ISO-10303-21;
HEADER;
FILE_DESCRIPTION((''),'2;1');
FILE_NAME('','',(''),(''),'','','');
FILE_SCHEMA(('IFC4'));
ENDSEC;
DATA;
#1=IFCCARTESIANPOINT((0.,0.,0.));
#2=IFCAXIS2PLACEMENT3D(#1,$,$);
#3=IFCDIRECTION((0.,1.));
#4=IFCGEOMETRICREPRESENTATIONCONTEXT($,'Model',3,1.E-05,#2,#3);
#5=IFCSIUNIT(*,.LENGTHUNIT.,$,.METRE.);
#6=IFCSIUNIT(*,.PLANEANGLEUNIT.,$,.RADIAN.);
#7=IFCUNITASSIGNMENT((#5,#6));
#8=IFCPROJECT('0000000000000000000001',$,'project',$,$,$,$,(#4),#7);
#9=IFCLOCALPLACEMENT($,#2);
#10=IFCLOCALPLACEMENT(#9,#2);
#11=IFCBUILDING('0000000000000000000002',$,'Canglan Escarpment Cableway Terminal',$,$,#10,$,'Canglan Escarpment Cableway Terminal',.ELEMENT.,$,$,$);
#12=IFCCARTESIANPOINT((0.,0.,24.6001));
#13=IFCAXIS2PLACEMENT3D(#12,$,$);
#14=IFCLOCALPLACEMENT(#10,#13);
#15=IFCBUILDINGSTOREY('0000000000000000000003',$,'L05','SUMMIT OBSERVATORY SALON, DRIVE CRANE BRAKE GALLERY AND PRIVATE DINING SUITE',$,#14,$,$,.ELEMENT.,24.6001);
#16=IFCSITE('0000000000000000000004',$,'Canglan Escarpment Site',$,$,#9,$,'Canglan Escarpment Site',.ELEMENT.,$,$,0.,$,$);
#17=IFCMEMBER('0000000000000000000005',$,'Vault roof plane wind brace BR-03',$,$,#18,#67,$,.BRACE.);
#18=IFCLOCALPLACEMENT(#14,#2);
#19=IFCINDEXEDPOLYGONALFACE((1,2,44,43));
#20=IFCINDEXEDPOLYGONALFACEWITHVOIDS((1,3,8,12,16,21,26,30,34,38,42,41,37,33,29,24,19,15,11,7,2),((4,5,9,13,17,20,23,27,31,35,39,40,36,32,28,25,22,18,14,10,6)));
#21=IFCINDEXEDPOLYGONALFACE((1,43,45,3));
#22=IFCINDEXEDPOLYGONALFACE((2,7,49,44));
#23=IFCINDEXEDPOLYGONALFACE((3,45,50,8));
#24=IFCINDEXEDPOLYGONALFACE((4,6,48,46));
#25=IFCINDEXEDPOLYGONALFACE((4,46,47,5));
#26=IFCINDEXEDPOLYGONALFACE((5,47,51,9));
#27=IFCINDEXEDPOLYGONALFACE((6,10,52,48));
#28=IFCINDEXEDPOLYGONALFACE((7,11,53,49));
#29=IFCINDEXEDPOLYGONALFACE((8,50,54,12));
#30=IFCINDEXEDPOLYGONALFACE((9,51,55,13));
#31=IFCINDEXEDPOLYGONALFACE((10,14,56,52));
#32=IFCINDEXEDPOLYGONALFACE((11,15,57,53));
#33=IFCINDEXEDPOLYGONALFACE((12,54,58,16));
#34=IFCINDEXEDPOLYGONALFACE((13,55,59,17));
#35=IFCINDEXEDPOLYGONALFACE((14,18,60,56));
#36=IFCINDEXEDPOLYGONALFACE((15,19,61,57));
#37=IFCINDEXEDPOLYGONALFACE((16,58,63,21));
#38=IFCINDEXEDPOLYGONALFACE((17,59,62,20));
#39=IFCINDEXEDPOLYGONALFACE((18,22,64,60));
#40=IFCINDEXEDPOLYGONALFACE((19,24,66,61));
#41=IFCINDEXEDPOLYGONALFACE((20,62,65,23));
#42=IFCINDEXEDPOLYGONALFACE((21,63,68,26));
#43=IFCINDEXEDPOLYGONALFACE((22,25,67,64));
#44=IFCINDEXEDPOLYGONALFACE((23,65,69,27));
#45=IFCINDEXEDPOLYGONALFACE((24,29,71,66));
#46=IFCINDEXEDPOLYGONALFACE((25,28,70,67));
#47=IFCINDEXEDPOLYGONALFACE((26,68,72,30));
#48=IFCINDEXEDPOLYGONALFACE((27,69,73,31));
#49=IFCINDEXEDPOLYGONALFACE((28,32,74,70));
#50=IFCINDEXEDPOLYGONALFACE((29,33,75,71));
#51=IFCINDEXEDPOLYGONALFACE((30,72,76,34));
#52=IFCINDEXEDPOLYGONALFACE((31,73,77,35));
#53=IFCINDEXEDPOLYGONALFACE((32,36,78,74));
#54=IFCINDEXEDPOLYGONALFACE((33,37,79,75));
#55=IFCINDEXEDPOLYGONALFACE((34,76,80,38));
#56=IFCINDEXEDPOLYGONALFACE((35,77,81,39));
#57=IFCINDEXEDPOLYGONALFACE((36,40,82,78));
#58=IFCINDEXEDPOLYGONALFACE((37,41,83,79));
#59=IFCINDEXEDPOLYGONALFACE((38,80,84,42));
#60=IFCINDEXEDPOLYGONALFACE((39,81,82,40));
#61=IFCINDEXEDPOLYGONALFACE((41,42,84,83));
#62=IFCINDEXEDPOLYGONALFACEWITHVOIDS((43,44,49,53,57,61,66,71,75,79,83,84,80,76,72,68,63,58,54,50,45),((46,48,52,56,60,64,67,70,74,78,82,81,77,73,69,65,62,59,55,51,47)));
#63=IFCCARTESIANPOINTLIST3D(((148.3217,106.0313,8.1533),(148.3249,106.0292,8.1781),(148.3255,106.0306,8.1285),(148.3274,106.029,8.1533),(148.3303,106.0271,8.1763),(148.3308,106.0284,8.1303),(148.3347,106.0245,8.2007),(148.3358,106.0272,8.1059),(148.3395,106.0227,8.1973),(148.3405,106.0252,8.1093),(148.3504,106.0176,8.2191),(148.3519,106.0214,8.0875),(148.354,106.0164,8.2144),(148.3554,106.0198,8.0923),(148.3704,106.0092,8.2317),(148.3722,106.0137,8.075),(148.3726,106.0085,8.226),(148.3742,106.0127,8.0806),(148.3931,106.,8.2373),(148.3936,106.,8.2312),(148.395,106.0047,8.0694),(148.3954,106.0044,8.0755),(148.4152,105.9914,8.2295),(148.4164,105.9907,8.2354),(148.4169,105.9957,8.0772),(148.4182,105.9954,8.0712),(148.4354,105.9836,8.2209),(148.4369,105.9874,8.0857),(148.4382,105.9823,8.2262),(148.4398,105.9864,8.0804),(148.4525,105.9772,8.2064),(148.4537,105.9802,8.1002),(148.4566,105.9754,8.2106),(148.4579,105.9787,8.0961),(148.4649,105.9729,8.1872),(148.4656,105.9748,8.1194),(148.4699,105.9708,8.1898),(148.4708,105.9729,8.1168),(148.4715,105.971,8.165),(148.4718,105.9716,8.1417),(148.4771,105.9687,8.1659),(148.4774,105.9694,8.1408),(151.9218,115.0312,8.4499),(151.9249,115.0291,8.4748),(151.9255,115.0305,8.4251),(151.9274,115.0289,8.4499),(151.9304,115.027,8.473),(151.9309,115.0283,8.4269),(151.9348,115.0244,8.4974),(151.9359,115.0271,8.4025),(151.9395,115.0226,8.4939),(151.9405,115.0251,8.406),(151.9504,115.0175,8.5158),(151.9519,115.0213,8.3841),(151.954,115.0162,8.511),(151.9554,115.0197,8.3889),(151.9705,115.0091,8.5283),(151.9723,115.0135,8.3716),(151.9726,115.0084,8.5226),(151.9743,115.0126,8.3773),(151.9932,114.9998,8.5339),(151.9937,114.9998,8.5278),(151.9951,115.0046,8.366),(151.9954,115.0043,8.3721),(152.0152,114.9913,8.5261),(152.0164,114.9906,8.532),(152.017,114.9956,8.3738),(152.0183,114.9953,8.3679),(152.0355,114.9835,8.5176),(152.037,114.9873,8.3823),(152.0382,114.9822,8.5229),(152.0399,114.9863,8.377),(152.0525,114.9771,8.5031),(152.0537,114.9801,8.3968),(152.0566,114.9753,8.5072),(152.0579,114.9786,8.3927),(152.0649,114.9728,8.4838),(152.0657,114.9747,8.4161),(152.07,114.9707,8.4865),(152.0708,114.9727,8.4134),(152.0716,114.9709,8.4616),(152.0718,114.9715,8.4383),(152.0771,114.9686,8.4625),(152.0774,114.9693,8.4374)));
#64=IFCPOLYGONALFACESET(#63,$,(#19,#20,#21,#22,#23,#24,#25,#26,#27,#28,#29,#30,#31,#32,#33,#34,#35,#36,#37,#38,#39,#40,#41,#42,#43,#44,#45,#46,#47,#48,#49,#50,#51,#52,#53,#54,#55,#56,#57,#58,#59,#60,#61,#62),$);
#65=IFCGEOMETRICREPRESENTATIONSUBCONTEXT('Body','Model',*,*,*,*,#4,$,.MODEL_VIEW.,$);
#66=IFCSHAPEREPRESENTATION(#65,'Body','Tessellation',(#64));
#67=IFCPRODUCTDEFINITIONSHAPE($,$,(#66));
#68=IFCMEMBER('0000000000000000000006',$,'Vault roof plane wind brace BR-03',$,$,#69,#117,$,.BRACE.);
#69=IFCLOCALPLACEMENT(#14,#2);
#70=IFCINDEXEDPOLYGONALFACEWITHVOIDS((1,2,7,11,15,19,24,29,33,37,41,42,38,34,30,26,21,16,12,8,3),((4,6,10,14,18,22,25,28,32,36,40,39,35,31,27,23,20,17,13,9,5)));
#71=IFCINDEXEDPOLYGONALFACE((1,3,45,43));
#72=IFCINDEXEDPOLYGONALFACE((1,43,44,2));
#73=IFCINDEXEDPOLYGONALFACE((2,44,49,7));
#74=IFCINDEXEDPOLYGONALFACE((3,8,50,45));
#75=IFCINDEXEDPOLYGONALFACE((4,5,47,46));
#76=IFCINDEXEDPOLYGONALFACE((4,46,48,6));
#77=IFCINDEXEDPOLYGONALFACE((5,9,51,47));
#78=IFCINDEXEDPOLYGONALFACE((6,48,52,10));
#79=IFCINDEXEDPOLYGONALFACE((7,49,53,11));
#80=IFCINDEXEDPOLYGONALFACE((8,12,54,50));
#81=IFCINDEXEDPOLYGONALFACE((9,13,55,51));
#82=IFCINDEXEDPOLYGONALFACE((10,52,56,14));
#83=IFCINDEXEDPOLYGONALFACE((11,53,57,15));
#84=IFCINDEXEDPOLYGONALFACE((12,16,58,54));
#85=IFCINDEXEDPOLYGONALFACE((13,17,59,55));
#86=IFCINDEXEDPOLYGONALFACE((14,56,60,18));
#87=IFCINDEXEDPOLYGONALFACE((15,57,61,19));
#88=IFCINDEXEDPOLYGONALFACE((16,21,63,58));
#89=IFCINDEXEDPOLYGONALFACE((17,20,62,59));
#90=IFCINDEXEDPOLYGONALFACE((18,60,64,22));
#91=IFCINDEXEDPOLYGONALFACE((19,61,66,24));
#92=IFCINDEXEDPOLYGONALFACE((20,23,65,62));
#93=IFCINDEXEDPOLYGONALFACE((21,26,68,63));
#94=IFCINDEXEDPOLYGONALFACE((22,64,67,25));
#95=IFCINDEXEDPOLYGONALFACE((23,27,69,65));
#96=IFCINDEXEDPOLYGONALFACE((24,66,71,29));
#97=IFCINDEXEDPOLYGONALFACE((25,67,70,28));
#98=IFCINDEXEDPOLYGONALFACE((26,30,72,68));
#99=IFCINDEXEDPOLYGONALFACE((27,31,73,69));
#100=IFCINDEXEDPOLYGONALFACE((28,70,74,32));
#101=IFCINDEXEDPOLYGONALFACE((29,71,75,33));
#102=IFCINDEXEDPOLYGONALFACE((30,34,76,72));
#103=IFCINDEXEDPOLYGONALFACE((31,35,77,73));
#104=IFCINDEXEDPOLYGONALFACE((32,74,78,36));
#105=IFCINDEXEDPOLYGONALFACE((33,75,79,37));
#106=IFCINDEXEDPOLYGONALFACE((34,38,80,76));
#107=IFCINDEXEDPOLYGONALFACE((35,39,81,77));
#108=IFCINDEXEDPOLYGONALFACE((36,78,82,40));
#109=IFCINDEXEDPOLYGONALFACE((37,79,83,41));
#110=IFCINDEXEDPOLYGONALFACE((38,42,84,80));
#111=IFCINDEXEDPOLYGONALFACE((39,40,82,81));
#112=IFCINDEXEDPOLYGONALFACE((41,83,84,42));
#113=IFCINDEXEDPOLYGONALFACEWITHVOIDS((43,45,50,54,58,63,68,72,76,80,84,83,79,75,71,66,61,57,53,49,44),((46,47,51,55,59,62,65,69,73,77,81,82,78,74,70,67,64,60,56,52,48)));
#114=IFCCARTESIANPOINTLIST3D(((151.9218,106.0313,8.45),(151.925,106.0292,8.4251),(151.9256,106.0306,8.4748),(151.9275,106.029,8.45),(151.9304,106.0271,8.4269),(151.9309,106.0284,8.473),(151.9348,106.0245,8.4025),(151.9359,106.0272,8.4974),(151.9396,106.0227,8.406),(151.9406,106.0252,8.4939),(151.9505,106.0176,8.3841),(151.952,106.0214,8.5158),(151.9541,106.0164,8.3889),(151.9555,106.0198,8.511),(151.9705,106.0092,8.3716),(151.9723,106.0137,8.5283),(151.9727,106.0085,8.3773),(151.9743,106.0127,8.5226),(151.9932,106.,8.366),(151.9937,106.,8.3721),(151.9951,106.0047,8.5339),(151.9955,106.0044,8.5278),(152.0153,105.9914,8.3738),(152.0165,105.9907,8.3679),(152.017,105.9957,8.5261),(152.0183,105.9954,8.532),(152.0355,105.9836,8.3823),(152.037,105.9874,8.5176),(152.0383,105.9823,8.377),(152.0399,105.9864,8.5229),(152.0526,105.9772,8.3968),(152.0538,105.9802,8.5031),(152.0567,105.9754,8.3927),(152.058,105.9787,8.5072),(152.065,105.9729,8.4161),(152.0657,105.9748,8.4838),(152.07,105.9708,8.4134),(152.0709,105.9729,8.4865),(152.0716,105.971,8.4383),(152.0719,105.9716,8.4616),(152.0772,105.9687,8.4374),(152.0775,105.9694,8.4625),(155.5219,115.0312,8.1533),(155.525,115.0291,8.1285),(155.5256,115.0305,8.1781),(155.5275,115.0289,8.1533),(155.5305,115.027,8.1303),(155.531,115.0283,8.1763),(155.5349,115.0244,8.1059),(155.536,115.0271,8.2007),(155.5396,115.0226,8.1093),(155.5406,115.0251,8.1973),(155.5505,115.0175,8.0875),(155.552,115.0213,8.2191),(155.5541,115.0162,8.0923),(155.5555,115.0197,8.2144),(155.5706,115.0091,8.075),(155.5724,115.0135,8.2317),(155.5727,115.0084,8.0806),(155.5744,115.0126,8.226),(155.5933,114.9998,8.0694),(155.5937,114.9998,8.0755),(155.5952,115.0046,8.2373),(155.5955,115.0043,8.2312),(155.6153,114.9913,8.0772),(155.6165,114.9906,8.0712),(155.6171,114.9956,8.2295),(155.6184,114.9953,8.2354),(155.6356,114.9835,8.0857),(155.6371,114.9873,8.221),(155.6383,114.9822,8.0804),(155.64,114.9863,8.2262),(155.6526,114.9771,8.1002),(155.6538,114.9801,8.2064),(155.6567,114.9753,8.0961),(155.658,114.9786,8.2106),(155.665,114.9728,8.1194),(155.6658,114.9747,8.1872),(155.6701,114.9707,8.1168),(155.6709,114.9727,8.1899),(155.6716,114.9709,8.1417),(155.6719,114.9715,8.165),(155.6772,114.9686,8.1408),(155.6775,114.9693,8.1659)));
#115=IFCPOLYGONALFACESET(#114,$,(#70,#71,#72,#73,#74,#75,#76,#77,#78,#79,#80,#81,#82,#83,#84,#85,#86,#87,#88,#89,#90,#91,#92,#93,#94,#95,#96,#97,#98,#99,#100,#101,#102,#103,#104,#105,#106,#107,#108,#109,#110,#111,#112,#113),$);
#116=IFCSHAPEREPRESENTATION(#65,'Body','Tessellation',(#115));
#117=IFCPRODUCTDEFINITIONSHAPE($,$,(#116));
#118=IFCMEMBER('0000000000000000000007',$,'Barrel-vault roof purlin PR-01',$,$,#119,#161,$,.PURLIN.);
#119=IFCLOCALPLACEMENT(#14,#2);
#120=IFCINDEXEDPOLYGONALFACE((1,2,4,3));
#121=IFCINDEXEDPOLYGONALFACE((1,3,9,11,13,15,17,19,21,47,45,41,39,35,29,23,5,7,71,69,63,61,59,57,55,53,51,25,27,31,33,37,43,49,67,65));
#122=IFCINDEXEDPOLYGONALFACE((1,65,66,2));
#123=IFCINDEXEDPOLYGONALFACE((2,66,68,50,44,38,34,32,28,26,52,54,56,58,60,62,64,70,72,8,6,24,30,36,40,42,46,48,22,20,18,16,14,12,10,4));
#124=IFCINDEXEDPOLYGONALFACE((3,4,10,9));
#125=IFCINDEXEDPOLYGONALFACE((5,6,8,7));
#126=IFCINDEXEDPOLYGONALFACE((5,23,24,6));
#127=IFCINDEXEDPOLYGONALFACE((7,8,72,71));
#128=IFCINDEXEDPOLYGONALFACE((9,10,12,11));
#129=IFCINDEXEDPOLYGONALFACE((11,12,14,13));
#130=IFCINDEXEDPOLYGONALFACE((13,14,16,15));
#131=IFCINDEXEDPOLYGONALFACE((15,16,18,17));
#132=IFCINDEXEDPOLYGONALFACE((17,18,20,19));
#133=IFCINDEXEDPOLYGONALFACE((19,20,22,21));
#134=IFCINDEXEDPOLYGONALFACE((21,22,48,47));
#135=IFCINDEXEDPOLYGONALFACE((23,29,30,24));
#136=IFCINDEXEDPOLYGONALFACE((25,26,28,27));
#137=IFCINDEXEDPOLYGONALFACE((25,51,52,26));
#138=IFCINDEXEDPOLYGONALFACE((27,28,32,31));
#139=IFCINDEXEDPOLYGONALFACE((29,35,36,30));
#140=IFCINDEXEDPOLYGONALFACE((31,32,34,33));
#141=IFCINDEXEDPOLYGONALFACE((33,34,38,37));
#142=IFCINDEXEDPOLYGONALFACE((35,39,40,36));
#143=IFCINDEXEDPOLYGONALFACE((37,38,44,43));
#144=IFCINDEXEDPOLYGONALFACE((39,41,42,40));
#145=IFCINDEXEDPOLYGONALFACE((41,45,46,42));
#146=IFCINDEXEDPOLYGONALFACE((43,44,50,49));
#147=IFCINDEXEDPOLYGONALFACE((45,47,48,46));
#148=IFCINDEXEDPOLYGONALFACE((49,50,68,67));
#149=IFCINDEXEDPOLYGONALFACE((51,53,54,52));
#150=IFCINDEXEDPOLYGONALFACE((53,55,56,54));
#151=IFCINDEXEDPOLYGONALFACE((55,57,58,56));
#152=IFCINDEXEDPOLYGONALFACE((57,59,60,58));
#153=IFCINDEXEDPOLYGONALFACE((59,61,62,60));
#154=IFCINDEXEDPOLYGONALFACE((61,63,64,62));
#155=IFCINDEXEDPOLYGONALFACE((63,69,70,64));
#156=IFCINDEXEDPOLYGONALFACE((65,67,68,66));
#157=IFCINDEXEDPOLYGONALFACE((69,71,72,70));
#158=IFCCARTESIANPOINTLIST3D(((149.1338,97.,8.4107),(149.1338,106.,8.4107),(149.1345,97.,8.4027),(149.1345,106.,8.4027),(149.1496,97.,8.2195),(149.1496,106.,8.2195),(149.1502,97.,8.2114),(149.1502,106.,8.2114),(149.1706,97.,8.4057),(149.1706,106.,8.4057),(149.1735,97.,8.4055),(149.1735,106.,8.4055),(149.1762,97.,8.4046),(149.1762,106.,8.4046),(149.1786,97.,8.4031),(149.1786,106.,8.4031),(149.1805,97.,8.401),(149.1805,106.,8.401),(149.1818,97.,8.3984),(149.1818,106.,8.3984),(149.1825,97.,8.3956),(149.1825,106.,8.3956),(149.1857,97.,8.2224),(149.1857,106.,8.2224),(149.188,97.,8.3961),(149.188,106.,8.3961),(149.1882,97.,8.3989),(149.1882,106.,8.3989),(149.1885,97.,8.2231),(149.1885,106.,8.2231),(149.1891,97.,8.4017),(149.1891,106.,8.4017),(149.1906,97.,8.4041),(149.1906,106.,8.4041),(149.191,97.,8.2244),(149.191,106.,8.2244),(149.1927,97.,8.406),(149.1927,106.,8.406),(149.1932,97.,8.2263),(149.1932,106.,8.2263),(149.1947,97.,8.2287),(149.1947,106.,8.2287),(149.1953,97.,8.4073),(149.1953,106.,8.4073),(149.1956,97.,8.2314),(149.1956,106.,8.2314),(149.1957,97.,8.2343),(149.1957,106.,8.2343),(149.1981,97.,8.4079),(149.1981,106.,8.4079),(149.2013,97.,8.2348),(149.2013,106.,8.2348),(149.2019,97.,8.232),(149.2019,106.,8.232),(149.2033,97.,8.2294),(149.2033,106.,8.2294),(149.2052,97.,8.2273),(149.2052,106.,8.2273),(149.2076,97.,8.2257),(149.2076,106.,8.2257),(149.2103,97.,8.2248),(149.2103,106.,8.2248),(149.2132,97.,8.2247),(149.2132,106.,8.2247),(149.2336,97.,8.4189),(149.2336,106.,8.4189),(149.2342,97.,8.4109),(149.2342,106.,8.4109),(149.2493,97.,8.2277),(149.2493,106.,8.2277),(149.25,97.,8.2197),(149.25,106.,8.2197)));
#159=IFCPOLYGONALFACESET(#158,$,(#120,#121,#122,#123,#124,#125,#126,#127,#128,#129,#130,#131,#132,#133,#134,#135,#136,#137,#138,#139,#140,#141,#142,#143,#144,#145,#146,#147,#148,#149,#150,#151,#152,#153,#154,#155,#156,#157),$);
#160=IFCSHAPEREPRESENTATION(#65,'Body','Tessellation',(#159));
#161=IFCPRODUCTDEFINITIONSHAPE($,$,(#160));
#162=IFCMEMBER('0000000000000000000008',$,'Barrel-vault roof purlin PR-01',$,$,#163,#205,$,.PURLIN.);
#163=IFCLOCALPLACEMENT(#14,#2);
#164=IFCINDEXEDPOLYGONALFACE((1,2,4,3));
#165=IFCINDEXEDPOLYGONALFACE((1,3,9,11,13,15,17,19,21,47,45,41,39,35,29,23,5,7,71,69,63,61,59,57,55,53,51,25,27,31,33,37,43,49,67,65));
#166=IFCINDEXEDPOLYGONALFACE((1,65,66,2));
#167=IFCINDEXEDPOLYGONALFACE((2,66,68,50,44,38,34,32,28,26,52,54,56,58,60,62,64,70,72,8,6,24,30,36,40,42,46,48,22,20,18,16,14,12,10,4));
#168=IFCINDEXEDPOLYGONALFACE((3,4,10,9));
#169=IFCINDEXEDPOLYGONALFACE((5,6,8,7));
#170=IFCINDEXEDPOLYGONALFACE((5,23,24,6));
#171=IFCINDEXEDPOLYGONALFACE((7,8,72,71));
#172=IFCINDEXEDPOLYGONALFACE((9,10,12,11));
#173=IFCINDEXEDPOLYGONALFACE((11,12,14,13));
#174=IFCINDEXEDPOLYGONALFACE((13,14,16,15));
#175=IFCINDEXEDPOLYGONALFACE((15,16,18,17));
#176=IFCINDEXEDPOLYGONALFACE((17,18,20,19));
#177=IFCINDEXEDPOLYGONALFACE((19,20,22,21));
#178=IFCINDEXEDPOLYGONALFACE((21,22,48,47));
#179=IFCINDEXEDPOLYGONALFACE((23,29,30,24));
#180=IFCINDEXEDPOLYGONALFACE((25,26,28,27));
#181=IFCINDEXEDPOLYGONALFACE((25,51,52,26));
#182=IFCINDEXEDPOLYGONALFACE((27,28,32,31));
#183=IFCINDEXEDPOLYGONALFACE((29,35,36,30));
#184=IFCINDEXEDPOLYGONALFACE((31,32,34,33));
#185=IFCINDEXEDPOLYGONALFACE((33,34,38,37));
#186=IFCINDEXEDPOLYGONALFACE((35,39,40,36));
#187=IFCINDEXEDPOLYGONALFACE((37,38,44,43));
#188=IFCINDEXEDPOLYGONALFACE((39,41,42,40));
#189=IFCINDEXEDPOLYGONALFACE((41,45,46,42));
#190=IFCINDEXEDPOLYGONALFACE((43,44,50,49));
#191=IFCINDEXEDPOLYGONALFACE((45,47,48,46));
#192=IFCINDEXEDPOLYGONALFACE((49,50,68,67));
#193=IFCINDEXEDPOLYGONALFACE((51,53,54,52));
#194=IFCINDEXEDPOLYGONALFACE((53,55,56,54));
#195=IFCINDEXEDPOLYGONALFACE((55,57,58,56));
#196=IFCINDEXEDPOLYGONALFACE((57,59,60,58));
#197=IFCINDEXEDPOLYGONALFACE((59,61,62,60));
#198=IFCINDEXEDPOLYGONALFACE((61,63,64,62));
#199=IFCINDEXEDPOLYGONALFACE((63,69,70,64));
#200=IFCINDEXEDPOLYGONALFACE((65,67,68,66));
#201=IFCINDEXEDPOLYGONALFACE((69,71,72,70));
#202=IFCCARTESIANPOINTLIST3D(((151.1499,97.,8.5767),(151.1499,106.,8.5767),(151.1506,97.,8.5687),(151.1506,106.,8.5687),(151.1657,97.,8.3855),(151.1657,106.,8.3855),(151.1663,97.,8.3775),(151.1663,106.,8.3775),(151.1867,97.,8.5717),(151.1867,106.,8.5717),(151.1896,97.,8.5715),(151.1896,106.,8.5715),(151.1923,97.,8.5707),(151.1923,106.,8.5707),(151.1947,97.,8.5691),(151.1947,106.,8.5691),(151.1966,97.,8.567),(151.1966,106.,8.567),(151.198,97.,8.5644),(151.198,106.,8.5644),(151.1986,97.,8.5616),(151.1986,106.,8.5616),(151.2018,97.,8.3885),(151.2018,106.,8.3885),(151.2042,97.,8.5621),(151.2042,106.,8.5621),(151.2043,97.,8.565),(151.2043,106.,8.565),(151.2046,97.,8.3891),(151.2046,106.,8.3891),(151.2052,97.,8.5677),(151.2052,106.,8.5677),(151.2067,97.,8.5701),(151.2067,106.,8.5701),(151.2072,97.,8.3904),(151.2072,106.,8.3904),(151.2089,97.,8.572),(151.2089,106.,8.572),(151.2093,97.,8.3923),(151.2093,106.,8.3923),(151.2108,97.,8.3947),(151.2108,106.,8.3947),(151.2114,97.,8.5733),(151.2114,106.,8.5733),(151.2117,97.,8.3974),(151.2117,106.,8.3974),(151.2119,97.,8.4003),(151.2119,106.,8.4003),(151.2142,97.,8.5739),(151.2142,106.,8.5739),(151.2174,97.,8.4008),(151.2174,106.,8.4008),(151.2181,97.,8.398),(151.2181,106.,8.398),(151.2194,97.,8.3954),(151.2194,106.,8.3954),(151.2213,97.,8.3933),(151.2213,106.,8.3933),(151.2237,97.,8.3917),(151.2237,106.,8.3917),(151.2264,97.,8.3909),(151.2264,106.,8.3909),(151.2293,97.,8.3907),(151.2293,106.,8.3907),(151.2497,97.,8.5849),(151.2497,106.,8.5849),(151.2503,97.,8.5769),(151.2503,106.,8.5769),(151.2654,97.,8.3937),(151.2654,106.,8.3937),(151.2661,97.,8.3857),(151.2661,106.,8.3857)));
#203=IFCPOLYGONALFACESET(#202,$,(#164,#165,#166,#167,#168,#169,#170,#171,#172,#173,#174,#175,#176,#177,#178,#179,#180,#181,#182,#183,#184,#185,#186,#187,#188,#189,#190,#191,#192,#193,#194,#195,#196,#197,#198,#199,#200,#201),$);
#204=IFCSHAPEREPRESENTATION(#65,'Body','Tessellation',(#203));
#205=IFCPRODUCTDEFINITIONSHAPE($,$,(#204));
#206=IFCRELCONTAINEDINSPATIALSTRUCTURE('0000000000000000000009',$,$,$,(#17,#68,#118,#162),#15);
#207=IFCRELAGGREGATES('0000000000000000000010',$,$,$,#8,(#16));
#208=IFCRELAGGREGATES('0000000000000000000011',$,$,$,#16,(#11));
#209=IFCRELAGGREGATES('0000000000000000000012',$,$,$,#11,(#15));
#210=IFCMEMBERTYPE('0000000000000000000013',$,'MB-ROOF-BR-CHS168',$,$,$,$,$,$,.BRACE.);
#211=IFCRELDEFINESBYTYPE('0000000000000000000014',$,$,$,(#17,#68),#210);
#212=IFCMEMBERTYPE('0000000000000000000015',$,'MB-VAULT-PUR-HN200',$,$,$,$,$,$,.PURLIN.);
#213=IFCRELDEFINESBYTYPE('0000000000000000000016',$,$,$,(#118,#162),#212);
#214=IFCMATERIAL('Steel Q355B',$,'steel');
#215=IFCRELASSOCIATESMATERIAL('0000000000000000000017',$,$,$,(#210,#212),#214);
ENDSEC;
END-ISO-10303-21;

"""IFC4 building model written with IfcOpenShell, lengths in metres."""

from ifc_helpers import new_model, si_unit, direction, frame, origin, origin_2d, place, context, subcontext, project, spatial, hollow_circle, i_section, extrude, material, material_profile, profile_set, type_object, element, save


model = new_model("IFC4")

# Units and contexts
model_context = context("Model", 3, precision=1e-05, world=origin(), true_north=direction((0.0, 1.0)))
body_context = subcontext(model_context, "Body", "Model", "MODEL_VIEW")
ifc_project = project(units=[si_unit("LENGTHUNIT", "METRE"), si_unit("PLANEANGLEUNIT", "RADIAN")], contexts=[model_context])

# Site, building, storey
site_placement = place(None, origin())
site = spatial("IfcSite", under=ifc_project, at=site_placement, Name="Canglan Escarpment Site", LongName="Canglan Escarpment Site", CompositionType="ELEMENT", RefElevation=0.0)
building_placement = place(site_placement, origin())
building = spatial("IfcBuilding", under=site, at=building_placement, Name="Canglan Escarpment Cableway Terminal", LongName="Canglan Escarpment Cableway Terminal", CompositionType="ELEMENT")
storey_placement = place(building_placement, frame((0.0, 0.0, 24.6001)))
storey = spatial("IfcBuildingStorey", under=building, at=storey_placement, Name="L05", Description="SUMMIT OBSERVATORY SALON, DRIVE CRANE BRAKE GALLERY AND PRIVATE DINING SUITE", CompositionType="ELEMENT", Elevation=24.6001)

# Shared definitions
ifc_material = material(Name="Steel Q355B", Category="steel")

# Members
ifc_material_profile_1 = material_profile(ifc_material, hollow_circle(Radius=0.0842, WallThickness=0.0061, at=origin_2d()), Name="CHS 168.3x6")
ifc_profile_set_1 = profile_set([ifc_material_profile_1], Name="Steel Q355B")
member_type_1 = type_object("IfcMemberType", Name="MB-ROOF-BR-CHS168", PredefinedType="BRACE", material=ifc_profile_set_1)
for number, where, z_axis, x_axis, name in (
    (1, (148.3999, 106.0, 8.1533), (0.371226, 0.928039, 0.030587), (-0.928473, 0.371399, 0.0), "Vault roof plane wind brace BR-03"),
    (2, (152.0, 106.0, 8.45), (0.371226, 0.928039, -0.030587), (-0.928473, 0.371399, 0.0), "Vault roof plane wind brace BR-03"),
):
    element("IfcMember", number, at=place(storey_placement, frame(where, z_axis=z_axis, x_axis=x_axis)), inside=storey, type_object=member_type_1, Name=name, PredefinedType="BRACE", context=body_context, shape_type="SweptSolid", body=[
        extrude(hollow_circle(Radius=0.0842, WallThickness=0.0061, at=origin_2d()), origin(), (0.0, 0.0, 1.0), 9.6978),
    ])
ifc_material_profile_2 = material_profile(ifc_material, i_section(OverallWidth=0.1001, OverallDepth=0.2, WebThickness=0.0056, FlangeThickness=0.0081, FilletRadius=0.011, at=origin_2d()), Name="HN 200x100x5.5x8")
ifc_profile_set_2 = profile_set([ifc_material_profile_2], Name="Steel Q355B")
member_type_2 = type_object("IfcMemberType", Name="MB-VAULT-PUR-HN200", PredefinedType="PURLIN", material=ifc_profile_set_2)
for number, where, z_axis, x_axis, name in (
    (3, (149.1919, 97.0, 8.3152), (0.0, 1.0, 0.0), (-0.996626, 0.0, -0.082078), "Barrel-vault roof purlin PR-01"),
    (4, (151.208, 97.0, 8.4812), (0.0, 1.0, 0.0), (-0.996626, 0.0, -0.082078), "Barrel-vault roof purlin PR-01"),
):
    element("IfcMember", number, at=place(storey_placement, frame(where, z_axis=z_axis, x_axis=x_axis)), inside=storey, type_object=member_type_2, Name=name, PredefinedType="PURLIN", context=body_context, shape_type="SweptSolid", body=[
        extrude(i_section(OverallWidth=0.1001, OverallDepth=0.2, WebThickness=0.0056, FlangeThickness=0.0081, FilletRadius=0.011, at=origin_2d()), origin(), (0.0, 0.0, 1.0), 9.0),
    ])

save(model, "model.ifc")
